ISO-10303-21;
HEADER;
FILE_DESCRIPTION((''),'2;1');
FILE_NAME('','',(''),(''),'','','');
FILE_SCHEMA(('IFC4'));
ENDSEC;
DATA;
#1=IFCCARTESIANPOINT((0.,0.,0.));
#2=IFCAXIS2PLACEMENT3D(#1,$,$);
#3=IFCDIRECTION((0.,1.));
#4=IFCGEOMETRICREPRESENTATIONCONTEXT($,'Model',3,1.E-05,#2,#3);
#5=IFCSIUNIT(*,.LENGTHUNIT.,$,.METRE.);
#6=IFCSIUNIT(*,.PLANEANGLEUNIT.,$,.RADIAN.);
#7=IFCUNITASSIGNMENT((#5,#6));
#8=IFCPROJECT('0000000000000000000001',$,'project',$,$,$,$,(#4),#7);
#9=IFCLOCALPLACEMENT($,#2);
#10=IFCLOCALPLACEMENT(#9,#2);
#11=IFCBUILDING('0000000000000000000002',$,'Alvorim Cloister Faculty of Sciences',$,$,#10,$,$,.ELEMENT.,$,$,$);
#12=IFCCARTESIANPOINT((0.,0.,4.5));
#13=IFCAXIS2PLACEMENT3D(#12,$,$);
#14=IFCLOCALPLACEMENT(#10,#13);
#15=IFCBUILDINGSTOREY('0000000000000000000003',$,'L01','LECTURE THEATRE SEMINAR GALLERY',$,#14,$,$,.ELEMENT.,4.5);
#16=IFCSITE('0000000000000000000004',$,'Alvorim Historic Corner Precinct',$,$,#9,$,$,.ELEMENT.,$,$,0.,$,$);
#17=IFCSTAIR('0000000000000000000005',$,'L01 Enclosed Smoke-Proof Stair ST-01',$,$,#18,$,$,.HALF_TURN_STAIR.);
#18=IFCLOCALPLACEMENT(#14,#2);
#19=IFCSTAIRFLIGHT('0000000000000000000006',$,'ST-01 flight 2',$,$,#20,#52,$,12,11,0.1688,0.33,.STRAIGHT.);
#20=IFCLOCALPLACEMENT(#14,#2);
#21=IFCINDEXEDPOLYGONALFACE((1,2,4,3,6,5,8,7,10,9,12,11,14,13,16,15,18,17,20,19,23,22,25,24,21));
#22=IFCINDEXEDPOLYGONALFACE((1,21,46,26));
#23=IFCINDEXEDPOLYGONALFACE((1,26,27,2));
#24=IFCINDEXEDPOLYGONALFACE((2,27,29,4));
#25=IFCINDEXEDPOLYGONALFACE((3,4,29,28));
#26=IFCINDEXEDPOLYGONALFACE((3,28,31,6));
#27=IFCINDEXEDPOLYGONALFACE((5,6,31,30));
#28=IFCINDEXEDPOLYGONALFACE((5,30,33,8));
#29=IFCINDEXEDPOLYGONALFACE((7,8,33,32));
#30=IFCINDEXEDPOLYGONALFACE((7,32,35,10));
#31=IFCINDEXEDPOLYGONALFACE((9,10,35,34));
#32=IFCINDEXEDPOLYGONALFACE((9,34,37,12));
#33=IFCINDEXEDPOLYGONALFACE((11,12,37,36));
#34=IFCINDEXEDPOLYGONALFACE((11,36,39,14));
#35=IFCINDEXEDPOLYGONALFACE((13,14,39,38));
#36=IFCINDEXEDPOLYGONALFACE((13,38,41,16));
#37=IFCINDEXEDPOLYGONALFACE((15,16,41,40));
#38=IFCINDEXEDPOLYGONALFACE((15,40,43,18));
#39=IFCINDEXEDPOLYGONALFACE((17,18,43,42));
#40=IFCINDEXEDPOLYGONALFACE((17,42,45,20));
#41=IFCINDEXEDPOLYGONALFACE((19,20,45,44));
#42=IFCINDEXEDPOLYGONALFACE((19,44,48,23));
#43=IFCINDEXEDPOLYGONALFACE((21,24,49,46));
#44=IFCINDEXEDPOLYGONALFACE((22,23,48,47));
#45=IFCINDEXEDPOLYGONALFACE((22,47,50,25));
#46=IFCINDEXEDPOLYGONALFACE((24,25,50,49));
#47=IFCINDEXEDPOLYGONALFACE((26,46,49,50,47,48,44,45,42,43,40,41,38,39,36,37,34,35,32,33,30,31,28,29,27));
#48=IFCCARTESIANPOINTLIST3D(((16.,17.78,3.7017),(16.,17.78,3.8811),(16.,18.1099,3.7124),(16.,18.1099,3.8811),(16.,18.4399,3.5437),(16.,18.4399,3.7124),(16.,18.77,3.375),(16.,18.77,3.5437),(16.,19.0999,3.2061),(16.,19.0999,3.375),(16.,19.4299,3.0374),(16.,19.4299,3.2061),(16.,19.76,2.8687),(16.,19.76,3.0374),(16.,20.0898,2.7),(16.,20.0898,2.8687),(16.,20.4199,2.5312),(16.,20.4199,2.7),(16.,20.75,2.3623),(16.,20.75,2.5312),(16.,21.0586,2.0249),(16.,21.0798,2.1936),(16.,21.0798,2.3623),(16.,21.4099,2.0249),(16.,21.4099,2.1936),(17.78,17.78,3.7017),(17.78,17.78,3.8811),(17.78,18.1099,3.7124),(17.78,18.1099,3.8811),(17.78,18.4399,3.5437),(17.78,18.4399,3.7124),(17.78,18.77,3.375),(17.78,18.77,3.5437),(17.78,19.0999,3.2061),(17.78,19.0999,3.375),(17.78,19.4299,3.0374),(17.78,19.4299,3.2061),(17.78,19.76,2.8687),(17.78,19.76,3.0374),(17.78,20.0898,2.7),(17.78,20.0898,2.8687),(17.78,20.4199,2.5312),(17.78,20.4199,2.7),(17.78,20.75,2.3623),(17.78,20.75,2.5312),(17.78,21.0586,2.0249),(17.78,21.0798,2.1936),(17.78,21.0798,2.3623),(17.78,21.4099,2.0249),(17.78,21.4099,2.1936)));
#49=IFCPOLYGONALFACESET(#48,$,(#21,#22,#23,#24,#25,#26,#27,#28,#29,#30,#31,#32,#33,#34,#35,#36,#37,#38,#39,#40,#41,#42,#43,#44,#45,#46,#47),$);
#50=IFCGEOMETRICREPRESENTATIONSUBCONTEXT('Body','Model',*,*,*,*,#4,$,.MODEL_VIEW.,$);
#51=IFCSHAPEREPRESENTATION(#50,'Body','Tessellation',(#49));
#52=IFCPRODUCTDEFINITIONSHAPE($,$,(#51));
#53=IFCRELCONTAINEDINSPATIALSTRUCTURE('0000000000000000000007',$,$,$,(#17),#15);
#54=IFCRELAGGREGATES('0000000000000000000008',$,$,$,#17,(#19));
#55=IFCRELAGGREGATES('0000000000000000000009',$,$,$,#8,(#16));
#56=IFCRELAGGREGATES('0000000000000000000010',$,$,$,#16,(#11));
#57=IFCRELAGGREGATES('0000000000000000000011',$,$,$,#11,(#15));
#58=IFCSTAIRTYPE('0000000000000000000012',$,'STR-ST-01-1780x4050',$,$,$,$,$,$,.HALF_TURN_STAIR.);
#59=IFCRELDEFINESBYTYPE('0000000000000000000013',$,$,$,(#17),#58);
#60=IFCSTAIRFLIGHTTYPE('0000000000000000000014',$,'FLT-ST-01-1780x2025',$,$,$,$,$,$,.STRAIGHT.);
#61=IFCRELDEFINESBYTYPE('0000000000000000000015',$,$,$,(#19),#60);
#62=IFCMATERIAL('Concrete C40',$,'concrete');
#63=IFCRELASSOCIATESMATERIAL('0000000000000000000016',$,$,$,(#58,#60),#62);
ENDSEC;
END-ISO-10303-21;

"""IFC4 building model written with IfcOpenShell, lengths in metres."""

from ifc_helpers import new_model, si_unit, direction, frame, origin, place, context, subcontext, project, spatial, polyline, outline, extrude, material, type_object, element, aggregate, save


model = new_model("IFC4")

# Units and contexts
model_context = context("Model", 3, precision=1e-05, world=origin(), true_north=direction((0.0, 1.0)))
body_context = subcontext(model_context, "Body", "Model", "MODEL_VIEW")
ifc_project = project(units=[si_unit("LENGTHUNIT", "METRE"), si_unit("PLANEANGLEUNIT", "RADIAN")], contexts=[model_context])

# Site, building, storey
site_placement = place(None, origin())
site = spatial("IfcSite", under=ifc_project, at=site_placement, Name="Alvorim Historic Corner Precinct", CompositionType="ELEMENT", RefElevation=0.0)
building_placement = place(site_placement, origin())
building = spatial("IfcBuilding", under=site, at=building_placement, Name="Alvorim Cloister Faculty of Sciences", CompositionType="ELEMENT")
storey_placement = place(building_placement, frame((0.0, 0.0, 4.5)))
storey = spatial("IfcBuildingStorey", under=building, at=storey_placement, Name="L01", Description="LECTURE THEATRE SEMINAR GALLERY", CompositionType="ELEMENT", Elevation=4.5)

# Shared definitions
ifc_material_1 = material(Name="Concrete C40", Category="concrete")

# Stair, stair flight
stair_type = type_object("IfcStairType", Name="STR-ST-01-1780x4050", PredefinedType="HALF_TURN_STAIR", material=ifc_material_1)
stair_placement = place(storey_placement, origin())
stair = element("IfcStair", 1, at=stair_placement, inside=storey, type_object=stair_type, Name="L01 Enclosed Smoke-Proof Stair ST-01", PredefinedType="HALF_TURN_STAIR")
stair_flight_type = type_object("IfcStairFlightType", Name="FLT-ST-01-1780x2025", PredefinedType="STRAIGHT", material=ifc_material_1)
stair_flight_1_placement = place(storey_placement, frame((16.8899, 21.4099, 2.0249), z_axis=(0.0, 0.0, 1.0), x_axis=(0.0, -1.0, 0.0)))
stair_flight_1 = element("IfcStairFlight", 2, at=stair_flight_1_placement, type_object=stair_flight_type, Name="ST-01 flight 2", NumberOfRisers=12, NumberOfTreads=11, PredefinedType="STRAIGHT", RiserHeight=0.1688, TreadLength=0.33, context=body_context, shape_type="SweptSolid", body=[
    extrude(outline(polyline([(0.3513, 0.0), (3.6299, 1.6768), (3.6299, 2.0249), (3.6299, 1.8562), (3.3, 1.8562), (3.3, 1.6875), (2.97, 1.6875), (2.97, 1.5188), (2.6399, 1.5188), (2.6399, 1.3501), (2.3101, 1.3501), (2.3101, 1.1812), (1.98, 1.1812), (1.98, 1.0125), (1.6499, 1.0125), (1.6499, 0.8438), (1.3201, 0.8438), (1.3201, 0.675), (0.99, 0.675), (0.99, 0.5063), (0.6599, 0.5063), (0.6599, 0.3374), (0.3301, 0.3374), (0.3301, 0.1687), (0.0, 0.1687), (0.0, 0.0), (0.3513, 0.0)])), frame((0.0, 0.8901, 0.0), z_axis=(0.0, -1.0, 0.0), x_axis=(1.0, 0.0, 0.0)), (0.0, 0.0, 1.0), 1.78),
])
aggregate(stair, [stair_flight_1])

save(model, "model.ifc")
